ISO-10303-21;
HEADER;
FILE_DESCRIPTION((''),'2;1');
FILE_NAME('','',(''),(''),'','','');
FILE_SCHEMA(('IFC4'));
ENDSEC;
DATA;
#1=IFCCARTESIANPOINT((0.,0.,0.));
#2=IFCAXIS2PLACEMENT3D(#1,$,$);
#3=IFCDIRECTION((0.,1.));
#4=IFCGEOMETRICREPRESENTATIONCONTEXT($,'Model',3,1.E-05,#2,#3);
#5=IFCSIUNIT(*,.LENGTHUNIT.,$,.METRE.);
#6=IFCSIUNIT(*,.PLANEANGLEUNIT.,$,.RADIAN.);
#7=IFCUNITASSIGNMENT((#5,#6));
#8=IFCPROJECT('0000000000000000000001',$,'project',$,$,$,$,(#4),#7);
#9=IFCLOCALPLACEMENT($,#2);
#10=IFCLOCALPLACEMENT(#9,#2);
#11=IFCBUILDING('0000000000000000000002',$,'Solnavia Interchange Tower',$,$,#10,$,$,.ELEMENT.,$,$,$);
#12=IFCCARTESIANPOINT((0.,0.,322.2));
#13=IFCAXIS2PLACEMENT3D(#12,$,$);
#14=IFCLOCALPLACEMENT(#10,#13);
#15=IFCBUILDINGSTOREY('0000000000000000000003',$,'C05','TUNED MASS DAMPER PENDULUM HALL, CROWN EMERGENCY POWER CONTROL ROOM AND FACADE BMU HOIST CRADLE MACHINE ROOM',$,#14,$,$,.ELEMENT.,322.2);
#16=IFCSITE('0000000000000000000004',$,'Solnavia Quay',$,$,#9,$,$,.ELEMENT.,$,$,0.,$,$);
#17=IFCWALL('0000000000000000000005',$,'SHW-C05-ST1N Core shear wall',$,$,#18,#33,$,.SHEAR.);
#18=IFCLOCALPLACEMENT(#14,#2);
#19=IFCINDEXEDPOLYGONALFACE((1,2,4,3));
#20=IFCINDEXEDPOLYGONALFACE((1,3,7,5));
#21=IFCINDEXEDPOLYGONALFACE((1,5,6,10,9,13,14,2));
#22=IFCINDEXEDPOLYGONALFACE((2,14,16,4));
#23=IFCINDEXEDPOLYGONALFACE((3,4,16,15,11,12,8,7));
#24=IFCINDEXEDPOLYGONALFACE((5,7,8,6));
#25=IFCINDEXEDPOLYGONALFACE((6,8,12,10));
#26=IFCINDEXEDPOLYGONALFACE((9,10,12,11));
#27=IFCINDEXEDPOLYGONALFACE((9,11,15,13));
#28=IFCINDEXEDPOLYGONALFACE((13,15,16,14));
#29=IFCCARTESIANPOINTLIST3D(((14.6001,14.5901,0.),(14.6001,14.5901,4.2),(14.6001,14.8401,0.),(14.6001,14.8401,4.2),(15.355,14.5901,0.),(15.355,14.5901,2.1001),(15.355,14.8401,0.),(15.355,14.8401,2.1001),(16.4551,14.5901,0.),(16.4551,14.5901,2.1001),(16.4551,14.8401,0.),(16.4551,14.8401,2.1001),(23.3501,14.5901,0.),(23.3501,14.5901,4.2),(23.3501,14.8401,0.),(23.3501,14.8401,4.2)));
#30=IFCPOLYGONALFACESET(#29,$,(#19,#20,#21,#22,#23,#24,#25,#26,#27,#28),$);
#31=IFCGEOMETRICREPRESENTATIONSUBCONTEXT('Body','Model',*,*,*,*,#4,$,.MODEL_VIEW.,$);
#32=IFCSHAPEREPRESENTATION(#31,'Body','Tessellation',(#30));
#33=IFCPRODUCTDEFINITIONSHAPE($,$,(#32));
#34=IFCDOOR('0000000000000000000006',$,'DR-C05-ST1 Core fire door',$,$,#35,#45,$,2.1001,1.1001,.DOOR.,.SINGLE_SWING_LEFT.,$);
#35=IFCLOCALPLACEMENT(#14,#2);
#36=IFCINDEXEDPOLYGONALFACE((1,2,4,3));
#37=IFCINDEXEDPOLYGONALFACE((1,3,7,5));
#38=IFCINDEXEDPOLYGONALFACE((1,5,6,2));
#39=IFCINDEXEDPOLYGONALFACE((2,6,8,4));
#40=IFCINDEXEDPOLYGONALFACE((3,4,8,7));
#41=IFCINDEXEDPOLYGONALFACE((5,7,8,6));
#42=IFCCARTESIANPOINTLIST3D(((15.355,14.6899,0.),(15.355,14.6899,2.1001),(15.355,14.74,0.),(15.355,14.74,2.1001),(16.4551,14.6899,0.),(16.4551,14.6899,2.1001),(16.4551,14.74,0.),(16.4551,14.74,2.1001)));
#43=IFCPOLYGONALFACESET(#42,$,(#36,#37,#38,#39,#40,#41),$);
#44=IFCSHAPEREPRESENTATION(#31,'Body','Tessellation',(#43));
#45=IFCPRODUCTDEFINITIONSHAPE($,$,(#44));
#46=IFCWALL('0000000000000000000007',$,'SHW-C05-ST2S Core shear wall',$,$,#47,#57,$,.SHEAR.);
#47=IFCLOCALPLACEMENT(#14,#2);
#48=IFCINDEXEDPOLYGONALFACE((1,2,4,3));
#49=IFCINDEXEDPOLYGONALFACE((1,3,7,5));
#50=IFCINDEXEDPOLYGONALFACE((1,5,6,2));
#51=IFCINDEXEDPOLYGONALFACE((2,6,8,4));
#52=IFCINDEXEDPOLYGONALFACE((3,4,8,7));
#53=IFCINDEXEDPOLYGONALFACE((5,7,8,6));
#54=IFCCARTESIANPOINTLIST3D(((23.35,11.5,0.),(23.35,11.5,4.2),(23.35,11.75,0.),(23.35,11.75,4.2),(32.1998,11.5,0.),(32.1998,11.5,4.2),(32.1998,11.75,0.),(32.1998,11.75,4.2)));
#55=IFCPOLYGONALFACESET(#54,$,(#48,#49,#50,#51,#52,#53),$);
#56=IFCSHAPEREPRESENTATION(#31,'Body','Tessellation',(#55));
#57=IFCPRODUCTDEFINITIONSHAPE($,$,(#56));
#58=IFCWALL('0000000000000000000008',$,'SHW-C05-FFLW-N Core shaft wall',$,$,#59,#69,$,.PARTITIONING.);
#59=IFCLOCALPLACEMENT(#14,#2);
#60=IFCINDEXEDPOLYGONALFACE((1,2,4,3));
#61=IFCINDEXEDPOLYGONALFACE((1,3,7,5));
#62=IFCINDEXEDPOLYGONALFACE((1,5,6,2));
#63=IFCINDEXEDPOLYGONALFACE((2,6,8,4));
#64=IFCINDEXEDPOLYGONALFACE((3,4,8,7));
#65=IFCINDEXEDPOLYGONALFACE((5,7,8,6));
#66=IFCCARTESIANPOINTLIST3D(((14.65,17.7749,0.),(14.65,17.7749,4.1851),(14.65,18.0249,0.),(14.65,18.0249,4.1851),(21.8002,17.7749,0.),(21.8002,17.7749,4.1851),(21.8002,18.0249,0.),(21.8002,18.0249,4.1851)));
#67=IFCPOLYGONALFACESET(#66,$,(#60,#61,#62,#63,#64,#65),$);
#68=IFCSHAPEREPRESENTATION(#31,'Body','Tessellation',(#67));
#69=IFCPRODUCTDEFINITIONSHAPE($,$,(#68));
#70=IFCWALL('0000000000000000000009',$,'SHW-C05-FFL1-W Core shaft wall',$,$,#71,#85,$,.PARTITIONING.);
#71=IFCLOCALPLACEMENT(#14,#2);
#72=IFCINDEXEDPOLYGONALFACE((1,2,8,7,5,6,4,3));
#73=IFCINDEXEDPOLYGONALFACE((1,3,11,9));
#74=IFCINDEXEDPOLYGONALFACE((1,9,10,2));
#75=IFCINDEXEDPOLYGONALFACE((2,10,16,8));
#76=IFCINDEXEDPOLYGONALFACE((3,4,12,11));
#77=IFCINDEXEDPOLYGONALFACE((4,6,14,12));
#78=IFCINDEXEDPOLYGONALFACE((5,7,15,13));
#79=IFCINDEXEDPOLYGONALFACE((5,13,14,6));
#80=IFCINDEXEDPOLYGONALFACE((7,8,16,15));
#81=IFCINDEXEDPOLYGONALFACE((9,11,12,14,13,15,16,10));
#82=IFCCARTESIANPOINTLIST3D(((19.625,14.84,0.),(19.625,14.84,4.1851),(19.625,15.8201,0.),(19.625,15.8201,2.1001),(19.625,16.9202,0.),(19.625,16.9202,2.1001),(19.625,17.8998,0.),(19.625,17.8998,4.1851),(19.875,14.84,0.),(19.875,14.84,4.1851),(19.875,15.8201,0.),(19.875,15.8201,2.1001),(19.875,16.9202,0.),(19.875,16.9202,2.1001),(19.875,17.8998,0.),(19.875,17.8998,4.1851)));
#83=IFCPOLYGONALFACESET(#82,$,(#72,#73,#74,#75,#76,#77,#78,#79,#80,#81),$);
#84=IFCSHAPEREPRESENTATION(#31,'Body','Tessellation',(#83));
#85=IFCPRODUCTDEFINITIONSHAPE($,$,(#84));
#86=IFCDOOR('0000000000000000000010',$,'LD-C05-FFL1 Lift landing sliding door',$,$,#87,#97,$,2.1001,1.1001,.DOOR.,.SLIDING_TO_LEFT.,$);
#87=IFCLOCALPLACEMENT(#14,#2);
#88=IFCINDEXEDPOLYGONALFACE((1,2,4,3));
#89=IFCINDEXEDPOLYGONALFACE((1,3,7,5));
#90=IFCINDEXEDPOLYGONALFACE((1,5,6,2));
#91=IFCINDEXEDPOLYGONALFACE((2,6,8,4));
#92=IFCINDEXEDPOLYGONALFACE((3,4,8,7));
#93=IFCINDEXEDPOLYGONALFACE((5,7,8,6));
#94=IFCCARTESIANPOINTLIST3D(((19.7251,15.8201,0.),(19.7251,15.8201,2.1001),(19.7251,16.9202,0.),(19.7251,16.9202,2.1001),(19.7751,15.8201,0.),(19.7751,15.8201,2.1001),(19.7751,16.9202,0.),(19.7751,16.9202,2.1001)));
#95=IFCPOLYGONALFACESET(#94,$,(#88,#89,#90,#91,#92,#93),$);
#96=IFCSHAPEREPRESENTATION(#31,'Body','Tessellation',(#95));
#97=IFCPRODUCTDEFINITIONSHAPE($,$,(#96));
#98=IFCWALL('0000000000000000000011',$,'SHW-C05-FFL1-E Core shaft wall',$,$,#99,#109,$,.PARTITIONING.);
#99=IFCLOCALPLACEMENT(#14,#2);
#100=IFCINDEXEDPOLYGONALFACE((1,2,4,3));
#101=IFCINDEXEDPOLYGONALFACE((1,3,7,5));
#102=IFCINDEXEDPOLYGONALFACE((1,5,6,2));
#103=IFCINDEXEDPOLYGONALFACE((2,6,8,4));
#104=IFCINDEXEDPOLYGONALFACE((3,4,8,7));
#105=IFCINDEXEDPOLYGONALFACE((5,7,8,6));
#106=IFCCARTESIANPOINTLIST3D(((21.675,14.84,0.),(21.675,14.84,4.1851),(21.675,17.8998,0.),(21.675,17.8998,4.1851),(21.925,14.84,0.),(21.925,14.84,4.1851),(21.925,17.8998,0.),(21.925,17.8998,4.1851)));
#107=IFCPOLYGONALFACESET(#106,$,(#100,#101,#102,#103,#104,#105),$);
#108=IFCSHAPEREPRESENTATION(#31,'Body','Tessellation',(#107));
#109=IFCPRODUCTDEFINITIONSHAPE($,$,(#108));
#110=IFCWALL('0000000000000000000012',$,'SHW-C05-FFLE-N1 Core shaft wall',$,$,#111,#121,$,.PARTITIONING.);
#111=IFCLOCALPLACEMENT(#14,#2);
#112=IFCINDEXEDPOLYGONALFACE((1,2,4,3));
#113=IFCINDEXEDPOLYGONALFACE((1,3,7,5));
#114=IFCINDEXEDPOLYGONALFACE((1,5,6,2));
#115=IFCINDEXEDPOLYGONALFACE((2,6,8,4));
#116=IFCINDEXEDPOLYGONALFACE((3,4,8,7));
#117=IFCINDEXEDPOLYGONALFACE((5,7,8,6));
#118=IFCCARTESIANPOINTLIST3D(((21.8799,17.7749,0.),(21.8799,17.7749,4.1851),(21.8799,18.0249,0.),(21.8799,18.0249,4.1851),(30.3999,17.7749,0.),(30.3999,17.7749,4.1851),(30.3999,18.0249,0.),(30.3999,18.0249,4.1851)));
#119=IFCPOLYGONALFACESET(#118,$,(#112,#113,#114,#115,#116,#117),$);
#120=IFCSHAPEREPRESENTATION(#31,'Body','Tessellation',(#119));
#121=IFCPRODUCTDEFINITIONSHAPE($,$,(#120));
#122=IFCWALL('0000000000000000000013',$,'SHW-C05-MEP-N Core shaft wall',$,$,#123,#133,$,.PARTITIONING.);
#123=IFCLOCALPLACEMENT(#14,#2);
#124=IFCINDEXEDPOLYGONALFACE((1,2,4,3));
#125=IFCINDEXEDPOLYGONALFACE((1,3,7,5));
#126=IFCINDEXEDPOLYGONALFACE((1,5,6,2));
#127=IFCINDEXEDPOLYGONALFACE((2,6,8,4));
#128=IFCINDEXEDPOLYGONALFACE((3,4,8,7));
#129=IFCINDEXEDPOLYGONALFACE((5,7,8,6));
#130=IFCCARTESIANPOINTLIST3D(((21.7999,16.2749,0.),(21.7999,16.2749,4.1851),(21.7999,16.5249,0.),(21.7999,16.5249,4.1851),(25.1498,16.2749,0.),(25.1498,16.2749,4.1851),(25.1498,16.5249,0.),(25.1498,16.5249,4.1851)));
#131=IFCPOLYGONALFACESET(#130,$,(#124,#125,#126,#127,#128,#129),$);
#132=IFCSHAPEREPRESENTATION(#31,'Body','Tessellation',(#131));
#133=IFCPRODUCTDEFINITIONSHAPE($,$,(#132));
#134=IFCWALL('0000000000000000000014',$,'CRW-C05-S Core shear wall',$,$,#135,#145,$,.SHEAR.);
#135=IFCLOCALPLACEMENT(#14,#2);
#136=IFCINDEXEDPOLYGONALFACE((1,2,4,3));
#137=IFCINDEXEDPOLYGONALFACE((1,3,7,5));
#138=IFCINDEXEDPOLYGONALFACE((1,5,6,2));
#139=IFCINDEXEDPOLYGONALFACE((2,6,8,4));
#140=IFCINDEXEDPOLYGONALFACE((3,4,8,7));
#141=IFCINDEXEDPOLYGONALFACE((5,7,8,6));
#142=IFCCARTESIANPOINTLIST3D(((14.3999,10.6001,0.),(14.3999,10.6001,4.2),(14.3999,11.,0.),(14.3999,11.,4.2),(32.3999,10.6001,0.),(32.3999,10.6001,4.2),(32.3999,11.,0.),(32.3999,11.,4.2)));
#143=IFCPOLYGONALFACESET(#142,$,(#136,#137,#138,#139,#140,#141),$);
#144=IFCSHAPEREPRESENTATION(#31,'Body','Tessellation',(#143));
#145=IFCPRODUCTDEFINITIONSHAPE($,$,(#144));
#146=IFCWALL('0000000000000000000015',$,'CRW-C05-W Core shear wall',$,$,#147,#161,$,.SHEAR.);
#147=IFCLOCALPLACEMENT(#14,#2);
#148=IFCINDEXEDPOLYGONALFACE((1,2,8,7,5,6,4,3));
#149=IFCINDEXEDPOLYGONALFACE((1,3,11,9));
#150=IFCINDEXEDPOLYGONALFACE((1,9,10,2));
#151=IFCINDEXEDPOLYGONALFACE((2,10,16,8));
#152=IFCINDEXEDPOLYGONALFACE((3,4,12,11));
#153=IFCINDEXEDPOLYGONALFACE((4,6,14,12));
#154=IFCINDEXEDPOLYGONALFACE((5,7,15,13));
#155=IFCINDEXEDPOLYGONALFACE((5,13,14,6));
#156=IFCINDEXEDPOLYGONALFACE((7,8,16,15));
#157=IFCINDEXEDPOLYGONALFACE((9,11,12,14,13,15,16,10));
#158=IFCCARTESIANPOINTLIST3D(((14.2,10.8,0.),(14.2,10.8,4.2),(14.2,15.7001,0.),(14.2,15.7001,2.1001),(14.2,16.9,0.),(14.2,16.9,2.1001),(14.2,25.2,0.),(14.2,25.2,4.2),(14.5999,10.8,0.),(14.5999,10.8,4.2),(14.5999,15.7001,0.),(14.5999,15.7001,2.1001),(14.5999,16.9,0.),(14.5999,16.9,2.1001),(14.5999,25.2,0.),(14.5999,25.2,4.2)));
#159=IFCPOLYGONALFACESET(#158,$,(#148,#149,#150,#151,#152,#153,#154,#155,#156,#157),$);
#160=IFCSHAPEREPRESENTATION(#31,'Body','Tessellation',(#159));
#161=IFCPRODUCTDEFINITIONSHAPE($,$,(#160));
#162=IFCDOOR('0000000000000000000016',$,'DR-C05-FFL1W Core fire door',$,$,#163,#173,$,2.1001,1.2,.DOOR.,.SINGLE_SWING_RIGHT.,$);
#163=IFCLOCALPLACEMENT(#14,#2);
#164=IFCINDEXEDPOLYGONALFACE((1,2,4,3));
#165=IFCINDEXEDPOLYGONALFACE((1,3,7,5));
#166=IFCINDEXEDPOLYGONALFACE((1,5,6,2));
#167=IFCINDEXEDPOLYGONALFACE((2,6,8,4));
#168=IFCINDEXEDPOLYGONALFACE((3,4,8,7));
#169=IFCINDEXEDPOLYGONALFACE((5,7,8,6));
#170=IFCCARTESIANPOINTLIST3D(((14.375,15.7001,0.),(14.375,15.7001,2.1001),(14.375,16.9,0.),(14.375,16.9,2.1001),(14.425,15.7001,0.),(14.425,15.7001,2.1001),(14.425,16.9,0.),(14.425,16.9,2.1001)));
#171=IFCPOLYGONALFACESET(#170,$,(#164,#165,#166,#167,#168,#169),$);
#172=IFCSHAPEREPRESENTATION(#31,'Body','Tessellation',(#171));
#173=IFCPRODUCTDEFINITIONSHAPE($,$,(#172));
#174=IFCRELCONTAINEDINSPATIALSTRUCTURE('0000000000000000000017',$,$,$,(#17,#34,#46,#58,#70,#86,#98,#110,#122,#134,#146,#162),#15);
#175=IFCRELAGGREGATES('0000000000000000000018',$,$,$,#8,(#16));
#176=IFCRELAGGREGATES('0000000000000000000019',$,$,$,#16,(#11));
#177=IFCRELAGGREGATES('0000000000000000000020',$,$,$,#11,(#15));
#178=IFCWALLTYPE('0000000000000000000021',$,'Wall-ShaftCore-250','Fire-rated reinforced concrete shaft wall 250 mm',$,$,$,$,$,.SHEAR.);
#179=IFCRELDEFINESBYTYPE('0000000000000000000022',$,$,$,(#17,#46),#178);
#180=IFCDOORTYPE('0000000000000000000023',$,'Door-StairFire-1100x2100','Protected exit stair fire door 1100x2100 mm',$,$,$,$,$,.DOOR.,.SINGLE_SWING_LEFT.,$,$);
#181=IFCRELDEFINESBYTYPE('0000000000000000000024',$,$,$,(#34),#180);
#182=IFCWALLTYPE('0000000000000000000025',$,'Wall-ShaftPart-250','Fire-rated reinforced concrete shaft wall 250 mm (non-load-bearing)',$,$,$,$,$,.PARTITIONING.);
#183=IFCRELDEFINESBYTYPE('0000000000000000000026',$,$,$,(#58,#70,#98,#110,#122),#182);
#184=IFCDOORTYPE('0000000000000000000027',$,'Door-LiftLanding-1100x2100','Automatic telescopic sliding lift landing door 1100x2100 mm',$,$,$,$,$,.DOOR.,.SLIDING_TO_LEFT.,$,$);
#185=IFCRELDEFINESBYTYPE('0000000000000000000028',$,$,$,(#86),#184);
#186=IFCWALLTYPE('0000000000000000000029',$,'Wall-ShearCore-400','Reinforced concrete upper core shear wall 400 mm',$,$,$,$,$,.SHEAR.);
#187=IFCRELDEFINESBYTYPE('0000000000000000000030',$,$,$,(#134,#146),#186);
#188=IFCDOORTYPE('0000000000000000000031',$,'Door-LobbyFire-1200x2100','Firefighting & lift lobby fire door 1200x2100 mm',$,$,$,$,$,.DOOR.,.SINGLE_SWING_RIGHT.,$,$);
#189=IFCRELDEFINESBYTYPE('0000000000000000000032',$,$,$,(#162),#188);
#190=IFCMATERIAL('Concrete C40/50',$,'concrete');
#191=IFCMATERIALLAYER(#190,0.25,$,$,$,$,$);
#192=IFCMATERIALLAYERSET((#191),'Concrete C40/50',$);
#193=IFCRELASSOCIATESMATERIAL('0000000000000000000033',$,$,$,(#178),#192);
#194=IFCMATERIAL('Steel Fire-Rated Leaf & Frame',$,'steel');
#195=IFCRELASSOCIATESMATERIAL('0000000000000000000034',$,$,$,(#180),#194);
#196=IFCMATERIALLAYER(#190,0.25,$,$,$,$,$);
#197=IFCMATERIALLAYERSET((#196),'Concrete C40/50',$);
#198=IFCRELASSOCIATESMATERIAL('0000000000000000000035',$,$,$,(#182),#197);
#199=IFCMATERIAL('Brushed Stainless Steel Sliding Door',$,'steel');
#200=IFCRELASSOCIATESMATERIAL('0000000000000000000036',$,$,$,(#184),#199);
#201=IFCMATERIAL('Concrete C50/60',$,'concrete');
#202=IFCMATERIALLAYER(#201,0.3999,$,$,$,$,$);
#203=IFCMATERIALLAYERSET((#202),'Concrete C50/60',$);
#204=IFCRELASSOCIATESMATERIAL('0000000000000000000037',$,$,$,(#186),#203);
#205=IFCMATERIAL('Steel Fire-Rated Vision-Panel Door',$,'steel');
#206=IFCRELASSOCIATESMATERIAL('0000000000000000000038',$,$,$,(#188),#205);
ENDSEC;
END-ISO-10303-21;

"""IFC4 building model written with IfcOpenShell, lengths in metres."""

from ifc_helpers import new_model, si_unit, direction, frame, frame_2d, origin, place, context, subcontext, project, spatial, rectangle, extrude, material, layer, layer_set, type_object, element, fill, save


model = new_model("IFC4")

# Units and contexts
model_context = context("Model", 3, precision=1e-05, world=origin(), true_north=direction((0.0, 1.0)))
body_context = subcontext(model_context, "Body", "Model", "MODEL_VIEW")
ifc_project = project(units=[si_unit("LENGTHUNIT", "METRE"), si_unit("PLANEANGLEUNIT", "RADIAN")], contexts=[model_context])

# Site, building, storey
site_placement = place(None, origin())
site = spatial("IfcSite", under=ifc_project, at=site_placement, Name="Solnavia Quay", CompositionType="ELEMENT", RefElevation=0.0)
building_placement = place(site_placement, origin())
building = spatial("IfcBuilding", under=site, at=building_placement, Name="Solnavia Interchange Tower", CompositionType="ELEMENT")
storey_placement = place(building_placement, frame((0.0, 0.0, 322.2)))
storey = spatial("IfcBuildingStorey", under=building, at=storey_placement, Name="C05", Description="TUNED MASS DAMPER PENDULUM HALL, CROWN EMERGENCY POWER CONTROL ROOM AND FACADE BMU HOIST CRADLE MACHINE ROOM", CompositionType="ELEMENT", Elevation=322.2)

# Shared definitions
ifc_material_1 = material(Name="Concrete C40/50", Category="concrete")

# Shared definitions
ifc_layer_1 = layer(ifc_material_1, 0.25)
ifc_layer_set_1 = layer_set([ifc_layer_1], Name="Concrete C40/50")
wall_type_1 = type_object("IfcWallType", Name="Wall-ShaftCore-250", Description="Fire-rated reinforced concrete shaft wall 250 mm", PredefinedType="SHEAR", material=ifc_layer_set_1)

# Wall, opening, door
wall_1_placement = place(storey_placement, frame((14.6001, 14.7151, 0.0), z_axis=(0.0, 0.0, 1.0), x_axis=(1.0, 0.0, 0.0)))
wall_1 = element("IfcWall", 1, at=wall_1_placement, inside=storey, type_object=wall_type_1, Name="SHW-C05-ST1N Core shear wall", PredefinedType="SHEAR", context=body_context, shape_type="SweptSolid", body=[
    extrude(rectangle(XDim=8.75, YDim=0.25, at=frame_2d((4.375, 0.0))), origin(), (0.0, 0.0, 1.0), 4.2),
])
opening_1_placement = place(wall_1_placement, frame((0.7549, 0.0, 0.0)))
opening_1 = element("IfcOpeningElement", 2, at=opening_1_placement, cuts=wall_1, PredefinedType="OPENING", context=body_context, shape_type="SweptSolid", body=[
    extrude(rectangle(XDim=1.1001, YDim=2.1001, at=frame_2d((0.55, 1.05))), frame((0.0, 0.135, 0.0), z_axis=(0.0, -1.0, 0.0), x_axis=(1.0, 0.0, 0.0)), (0.0, 0.0, 1.0), 0.27),
])
ifc_material_2 = material(Name="Steel Fire-Rated Leaf & Frame", Category="steel")
door_type_1 = type_object("IfcDoorType", Name="Door-StairFire-1100x2100", Description="Protected exit stair fire door 1100x2100 mm", OperationType="SINGLE_SWING_LEFT", PredefinedType="DOOR", material=ifc_material_2)
door_1_placement = place(opening_1_placement, origin())
door_1 = element("IfcDoor", 3, at=door_1_placement, inside=storey, type_object=door_type_1, Name="DR-C05-ST1 Core fire door", OperationType="SINGLE_SWING_LEFT", OverallHeight=2.1001, OverallWidth=1.1001, PredefinedType="DOOR", context=body_context, shape_type="SweptSolid", body=[
    extrude(rectangle(XDim=1.1001, YDim=2.1001, at=frame_2d((0.55, 1.05))), frame((0.0, 0.0249, 0.0), z_axis=(0.0, -1.0, 0.0), x_axis=(1.0, 0.0, 0.0)), (0.0, 0.0, 1.0), 0.05),
])
fill(opening_1, door_1)

# Walls
wall_2_placement = place(storey_placement, frame((23.3501, 11.625, 0.0), z_axis=(0.0, 0.0, 1.0), x_axis=(1.0, 0.0, 0.0)))
element("IfcWall", 4, at=wall_2_placement, inside=storey, type_object=wall_type_1, Name="SHW-C05-ST2S Core shear wall", PredefinedType="SHEAR", context=body_context, shape_type="SweptSolid", body=[
    extrude(rectangle(XDim=8.8499, YDim=0.25, at=frame_2d((4.4248, 0.0))), origin(), (0.0, 0.0, 1.0), 4.2),
])
ifc_layer_2 = layer(ifc_material_1, 0.25)
ifc_layer_set_2 = layer_set([ifc_layer_2], Name="Concrete C40/50")
wall_type_2 = type_object("IfcWallType", Name="Wall-ShaftPart-250", Description="Fire-rated reinforced concrete shaft wall 250 mm (non-load-bearing)", PredefinedType="PARTITIONING", material=ifc_layer_set_2)
wall_3_placement = place(storey_placement, frame((14.6499, 17.8999, 0.0), z_axis=(0.0, 0.0, 1.0), x_axis=(1.0, 0.0, 0.0)))
element("IfcWall", 5, at=wall_3_placement, inside=storey, type_object=wall_type_2, Name="SHW-C05-FFLW-N Core shaft wall", PredefinedType="PARTITIONING", context=body_context, shape_type="SweptSolid", body=[
    extrude(rectangle(XDim=7.1501, YDim=0.25, at=frame_2d((3.5752, 0.0))), origin(), (0.0, 0.0, 1.0), 4.1851),
])

# Wall, opening, door
wall_4_placement = place(storey_placement, frame((19.75, 14.8401, 0.0), z_axis=(0.0, 0.0, 1.0), x_axis=(0.0, 1.0, 0.0)))
wall_4 = element("IfcWall", 6, at=wall_4_placement, inside=storey, type_object=wall_type_2, Name="SHW-C05-FFL1-W Core shaft wall", PredefinedType="PARTITIONING", context=body_context, shape_type="SweptSolid", body=[
    extrude(rectangle(XDim=3.0598, YDim=0.25, at=frame_2d((1.5298, 0.0))), origin(), (0.0, 0.0, 1.0), 4.1851),
])
opening_2_placement = place(wall_4_placement, frame((0.98, 0.0, 0.0)))
opening_2 = element("IfcOpeningElement", 7, at=opening_2_placement, cuts=wall_4, PredefinedType="OPENING", context=body_context, shape_type="SweptSolid", body=[
    extrude(rectangle(XDim=1.1001, YDim=2.1001, at=frame_2d((0.55, 1.05))), frame((0.0, 0.135, 0.0), z_axis=(0.0, -1.0, 0.0), x_axis=(1.0, 0.0, 0.0)), (0.0, 0.0, 1.0), 0.27),
])
ifc_material_3 = material(Name="Brushed Stainless Steel Sliding Door", Category="steel")
door_type_2 = type_object("IfcDoorType", Name="Door-LiftLanding-1100x2100", Description="Automatic telescopic sliding lift landing door 1100x2100 mm", OperationType="SLIDING_TO_LEFT", PredefinedType="DOOR", material=ifc_material_3)
door_2_placement = place(opening_2_placement, origin())
door_2 = element("IfcDoor", 8, at=door_2_placement, inside=storey, type_object=door_type_2, Name="LD-C05-FFL1 Lift landing sliding door", OperationType="SLIDING_TO_LEFT", OverallHeight=2.1001, OverallWidth=1.1001, PredefinedType="DOOR", context=body_context, shape_type="SweptSolid", body=[
    extrude(rectangle(XDim=1.1001, YDim=2.1001, at=frame_2d((0.55, 1.05))), frame((0.0, 0.0249, 0.0), z_axis=(0.0, -1.0, 0.0), x_axis=(1.0, 0.0, 0.0)), (0.0, 0.0, 1.0), 0.05),
])
fill(opening_2, door_2)

# Walls
wall_5_placement = place(storey_placement, frame((21.8, 14.8401, 0.0), z_axis=(0.0, 0.0, 1.0), x_axis=(0.0, 1.0, 0.0)))
element("IfcWall", 9, at=wall_5_placement, inside=storey, type_object=wall_type_2, Name="SHW-C05-FFL1-E Core shaft wall", PredefinedType="PARTITIONING", context=body_context, shape_type="SweptSolid", body=[
    extrude(rectangle(XDim=3.0598, YDim=0.25, at=frame_2d((1.5298, 0.0))), origin(), (0.0, 0.0, 1.0), 4.1851),
])
wall_6_placement = place(storey_placement, frame((21.8799, 17.8999, 0.0), z_axis=(0.0, 0.0, 1.0), x_axis=(1.0, 0.0, 0.0)))
element("IfcWall", 10, at=wall_6_placement, inside=storey, type_object=wall_type_2, Name="SHW-C05-FFLE-N1 Core shaft wall", PredefinedType="PARTITIONING", context=body_context, shape_type="SweptSolid", body=[
    extrude(rectangle(XDim=8.52, YDim=0.25, at=frame_2d((4.26, 0.0))), origin(), (0.0, 0.0, 1.0), 4.1851),
])
wall_7_placement = place(storey_placement, frame((21.8, 16.3999, 0.0), z_axis=(0.0, 0.0, 1.0), x_axis=(1.0, 0.0, 0.0)))
element("IfcWall", 11, at=wall_7_placement, inside=storey, type_object=wall_type_2, Name="SHW-C05-MEP-N Core shaft wall", PredefinedType="PARTITIONING", context=body_context, shape_type="SweptSolid", body=[
    extrude(rectangle(XDim=3.3499, YDim=0.25, at=frame_2d((1.6748, 0.0))), origin(), (0.0, 0.0, 1.0), 4.1851),
])
ifc_material_4 = material(Name="Concrete C50/60", Category="concrete")
ifc_layer_3 = layer(ifc_material_4, 0.3999)
ifc_layer_set_3 = layer_set([ifc_layer_3], Name="Concrete C50/60")
wall_type_3 = type_object("IfcWallType", Name="Wall-ShearCore-400", Description="Reinforced concrete upper core shear wall 400 mm", PredefinedType="SHEAR", material=ifc_layer_set_3)
wall_8_placement = place(storey_placement, frame((14.3999, 10.8, 0.0), z_axis=(0.0, 0.0, 1.0), x_axis=(1.0, 0.0, 0.0)))
element("IfcWall", 12, at=wall_8_placement, inside=storey, type_object=wall_type_3, Name="CRW-C05-S Core shear wall", PredefinedType="SHEAR", context=body_context, shape_type="SweptSolid", body=[
    extrude(rectangle(XDim=18.0, YDim=0.3999, at=frame_2d((9.0, 0.0))), origin(), (0.0, 0.0, 1.0), 4.2),
])

# Wall, opening, door
wall_9_placement = place(storey_placement, frame((14.3999, 10.8, 0.0), z_axis=(0.0, 0.0, 1.0), x_axis=(0.0, 1.0, 0.0)))
wall_9 = element("IfcWall", 13, at=wall_9_placement, inside=storey, type_object=wall_type_3, Name="CRW-C05-W Core shear wall", PredefinedType="SHEAR", context=body_context, shape_type="SweptSolid", body=[
    extrude(rectangle(XDim=14.3999, YDim=0.3999, at=frame_2d((7.2, 0.0))), origin(), (0.0, 0.0, 1.0), 4.2),
])
opening_3_placement = place(wall_9_placement, frame((4.8999, 0.0, 0.0)))
opening_3 = element("IfcOpeningElement", 14, at=opening_3_placement, cuts=wall_9, PredefinedType="OPENING", context=body_context, shape_type="SweptSolid", body=[
    extrude(rectangle(XDim=1.2, YDim=2.1001, at=frame_2d((0.6001, 1.05))), frame((0.0, 0.21, 0.0), z_axis=(0.0, -1.0, 0.0), x_axis=(1.0, 0.0, 0.0)), (0.0, 0.0, 1.0), 0.4199),
])
ifc_material_5 = material(Name="Steel Fire-Rated Vision-Panel Door", Category="steel")
door_type_3 = type_object("IfcDoorType", Name="Door-LobbyFire-1200x2100", Description="Firefighting & lift lobby fire door 1200x2100 mm", OperationType="SINGLE_SWING_RIGHT", PredefinedType="DOOR", material=ifc_material_5)
door_3_placement = place(opening_3_placement, origin())
door_3 = element("IfcDoor", 15, at=door_3_placement, inside=storey, type_object=door_type_3, Name="DR-C05-FFL1W Core fire door", OperationType="SINGLE_SWING_RIGHT", OverallHeight=2.1001, OverallWidth=1.2, PredefinedType="DOOR", context=body_context, shape_type="SweptSolid", body=[
    extrude(rectangle(XDim=1.2, YDim=2.1001, at=frame_2d((0.6001, 1.05))), frame((0.0, 0.0249, 0.0), z_axis=(0.0, -1.0, 0.0), x_axis=(1.0, 0.0, 0.0)), (0.0, 0.0, 1.0), 0.05),
])
fill(opening_3, door_3)

save(model, "model.ifc")
